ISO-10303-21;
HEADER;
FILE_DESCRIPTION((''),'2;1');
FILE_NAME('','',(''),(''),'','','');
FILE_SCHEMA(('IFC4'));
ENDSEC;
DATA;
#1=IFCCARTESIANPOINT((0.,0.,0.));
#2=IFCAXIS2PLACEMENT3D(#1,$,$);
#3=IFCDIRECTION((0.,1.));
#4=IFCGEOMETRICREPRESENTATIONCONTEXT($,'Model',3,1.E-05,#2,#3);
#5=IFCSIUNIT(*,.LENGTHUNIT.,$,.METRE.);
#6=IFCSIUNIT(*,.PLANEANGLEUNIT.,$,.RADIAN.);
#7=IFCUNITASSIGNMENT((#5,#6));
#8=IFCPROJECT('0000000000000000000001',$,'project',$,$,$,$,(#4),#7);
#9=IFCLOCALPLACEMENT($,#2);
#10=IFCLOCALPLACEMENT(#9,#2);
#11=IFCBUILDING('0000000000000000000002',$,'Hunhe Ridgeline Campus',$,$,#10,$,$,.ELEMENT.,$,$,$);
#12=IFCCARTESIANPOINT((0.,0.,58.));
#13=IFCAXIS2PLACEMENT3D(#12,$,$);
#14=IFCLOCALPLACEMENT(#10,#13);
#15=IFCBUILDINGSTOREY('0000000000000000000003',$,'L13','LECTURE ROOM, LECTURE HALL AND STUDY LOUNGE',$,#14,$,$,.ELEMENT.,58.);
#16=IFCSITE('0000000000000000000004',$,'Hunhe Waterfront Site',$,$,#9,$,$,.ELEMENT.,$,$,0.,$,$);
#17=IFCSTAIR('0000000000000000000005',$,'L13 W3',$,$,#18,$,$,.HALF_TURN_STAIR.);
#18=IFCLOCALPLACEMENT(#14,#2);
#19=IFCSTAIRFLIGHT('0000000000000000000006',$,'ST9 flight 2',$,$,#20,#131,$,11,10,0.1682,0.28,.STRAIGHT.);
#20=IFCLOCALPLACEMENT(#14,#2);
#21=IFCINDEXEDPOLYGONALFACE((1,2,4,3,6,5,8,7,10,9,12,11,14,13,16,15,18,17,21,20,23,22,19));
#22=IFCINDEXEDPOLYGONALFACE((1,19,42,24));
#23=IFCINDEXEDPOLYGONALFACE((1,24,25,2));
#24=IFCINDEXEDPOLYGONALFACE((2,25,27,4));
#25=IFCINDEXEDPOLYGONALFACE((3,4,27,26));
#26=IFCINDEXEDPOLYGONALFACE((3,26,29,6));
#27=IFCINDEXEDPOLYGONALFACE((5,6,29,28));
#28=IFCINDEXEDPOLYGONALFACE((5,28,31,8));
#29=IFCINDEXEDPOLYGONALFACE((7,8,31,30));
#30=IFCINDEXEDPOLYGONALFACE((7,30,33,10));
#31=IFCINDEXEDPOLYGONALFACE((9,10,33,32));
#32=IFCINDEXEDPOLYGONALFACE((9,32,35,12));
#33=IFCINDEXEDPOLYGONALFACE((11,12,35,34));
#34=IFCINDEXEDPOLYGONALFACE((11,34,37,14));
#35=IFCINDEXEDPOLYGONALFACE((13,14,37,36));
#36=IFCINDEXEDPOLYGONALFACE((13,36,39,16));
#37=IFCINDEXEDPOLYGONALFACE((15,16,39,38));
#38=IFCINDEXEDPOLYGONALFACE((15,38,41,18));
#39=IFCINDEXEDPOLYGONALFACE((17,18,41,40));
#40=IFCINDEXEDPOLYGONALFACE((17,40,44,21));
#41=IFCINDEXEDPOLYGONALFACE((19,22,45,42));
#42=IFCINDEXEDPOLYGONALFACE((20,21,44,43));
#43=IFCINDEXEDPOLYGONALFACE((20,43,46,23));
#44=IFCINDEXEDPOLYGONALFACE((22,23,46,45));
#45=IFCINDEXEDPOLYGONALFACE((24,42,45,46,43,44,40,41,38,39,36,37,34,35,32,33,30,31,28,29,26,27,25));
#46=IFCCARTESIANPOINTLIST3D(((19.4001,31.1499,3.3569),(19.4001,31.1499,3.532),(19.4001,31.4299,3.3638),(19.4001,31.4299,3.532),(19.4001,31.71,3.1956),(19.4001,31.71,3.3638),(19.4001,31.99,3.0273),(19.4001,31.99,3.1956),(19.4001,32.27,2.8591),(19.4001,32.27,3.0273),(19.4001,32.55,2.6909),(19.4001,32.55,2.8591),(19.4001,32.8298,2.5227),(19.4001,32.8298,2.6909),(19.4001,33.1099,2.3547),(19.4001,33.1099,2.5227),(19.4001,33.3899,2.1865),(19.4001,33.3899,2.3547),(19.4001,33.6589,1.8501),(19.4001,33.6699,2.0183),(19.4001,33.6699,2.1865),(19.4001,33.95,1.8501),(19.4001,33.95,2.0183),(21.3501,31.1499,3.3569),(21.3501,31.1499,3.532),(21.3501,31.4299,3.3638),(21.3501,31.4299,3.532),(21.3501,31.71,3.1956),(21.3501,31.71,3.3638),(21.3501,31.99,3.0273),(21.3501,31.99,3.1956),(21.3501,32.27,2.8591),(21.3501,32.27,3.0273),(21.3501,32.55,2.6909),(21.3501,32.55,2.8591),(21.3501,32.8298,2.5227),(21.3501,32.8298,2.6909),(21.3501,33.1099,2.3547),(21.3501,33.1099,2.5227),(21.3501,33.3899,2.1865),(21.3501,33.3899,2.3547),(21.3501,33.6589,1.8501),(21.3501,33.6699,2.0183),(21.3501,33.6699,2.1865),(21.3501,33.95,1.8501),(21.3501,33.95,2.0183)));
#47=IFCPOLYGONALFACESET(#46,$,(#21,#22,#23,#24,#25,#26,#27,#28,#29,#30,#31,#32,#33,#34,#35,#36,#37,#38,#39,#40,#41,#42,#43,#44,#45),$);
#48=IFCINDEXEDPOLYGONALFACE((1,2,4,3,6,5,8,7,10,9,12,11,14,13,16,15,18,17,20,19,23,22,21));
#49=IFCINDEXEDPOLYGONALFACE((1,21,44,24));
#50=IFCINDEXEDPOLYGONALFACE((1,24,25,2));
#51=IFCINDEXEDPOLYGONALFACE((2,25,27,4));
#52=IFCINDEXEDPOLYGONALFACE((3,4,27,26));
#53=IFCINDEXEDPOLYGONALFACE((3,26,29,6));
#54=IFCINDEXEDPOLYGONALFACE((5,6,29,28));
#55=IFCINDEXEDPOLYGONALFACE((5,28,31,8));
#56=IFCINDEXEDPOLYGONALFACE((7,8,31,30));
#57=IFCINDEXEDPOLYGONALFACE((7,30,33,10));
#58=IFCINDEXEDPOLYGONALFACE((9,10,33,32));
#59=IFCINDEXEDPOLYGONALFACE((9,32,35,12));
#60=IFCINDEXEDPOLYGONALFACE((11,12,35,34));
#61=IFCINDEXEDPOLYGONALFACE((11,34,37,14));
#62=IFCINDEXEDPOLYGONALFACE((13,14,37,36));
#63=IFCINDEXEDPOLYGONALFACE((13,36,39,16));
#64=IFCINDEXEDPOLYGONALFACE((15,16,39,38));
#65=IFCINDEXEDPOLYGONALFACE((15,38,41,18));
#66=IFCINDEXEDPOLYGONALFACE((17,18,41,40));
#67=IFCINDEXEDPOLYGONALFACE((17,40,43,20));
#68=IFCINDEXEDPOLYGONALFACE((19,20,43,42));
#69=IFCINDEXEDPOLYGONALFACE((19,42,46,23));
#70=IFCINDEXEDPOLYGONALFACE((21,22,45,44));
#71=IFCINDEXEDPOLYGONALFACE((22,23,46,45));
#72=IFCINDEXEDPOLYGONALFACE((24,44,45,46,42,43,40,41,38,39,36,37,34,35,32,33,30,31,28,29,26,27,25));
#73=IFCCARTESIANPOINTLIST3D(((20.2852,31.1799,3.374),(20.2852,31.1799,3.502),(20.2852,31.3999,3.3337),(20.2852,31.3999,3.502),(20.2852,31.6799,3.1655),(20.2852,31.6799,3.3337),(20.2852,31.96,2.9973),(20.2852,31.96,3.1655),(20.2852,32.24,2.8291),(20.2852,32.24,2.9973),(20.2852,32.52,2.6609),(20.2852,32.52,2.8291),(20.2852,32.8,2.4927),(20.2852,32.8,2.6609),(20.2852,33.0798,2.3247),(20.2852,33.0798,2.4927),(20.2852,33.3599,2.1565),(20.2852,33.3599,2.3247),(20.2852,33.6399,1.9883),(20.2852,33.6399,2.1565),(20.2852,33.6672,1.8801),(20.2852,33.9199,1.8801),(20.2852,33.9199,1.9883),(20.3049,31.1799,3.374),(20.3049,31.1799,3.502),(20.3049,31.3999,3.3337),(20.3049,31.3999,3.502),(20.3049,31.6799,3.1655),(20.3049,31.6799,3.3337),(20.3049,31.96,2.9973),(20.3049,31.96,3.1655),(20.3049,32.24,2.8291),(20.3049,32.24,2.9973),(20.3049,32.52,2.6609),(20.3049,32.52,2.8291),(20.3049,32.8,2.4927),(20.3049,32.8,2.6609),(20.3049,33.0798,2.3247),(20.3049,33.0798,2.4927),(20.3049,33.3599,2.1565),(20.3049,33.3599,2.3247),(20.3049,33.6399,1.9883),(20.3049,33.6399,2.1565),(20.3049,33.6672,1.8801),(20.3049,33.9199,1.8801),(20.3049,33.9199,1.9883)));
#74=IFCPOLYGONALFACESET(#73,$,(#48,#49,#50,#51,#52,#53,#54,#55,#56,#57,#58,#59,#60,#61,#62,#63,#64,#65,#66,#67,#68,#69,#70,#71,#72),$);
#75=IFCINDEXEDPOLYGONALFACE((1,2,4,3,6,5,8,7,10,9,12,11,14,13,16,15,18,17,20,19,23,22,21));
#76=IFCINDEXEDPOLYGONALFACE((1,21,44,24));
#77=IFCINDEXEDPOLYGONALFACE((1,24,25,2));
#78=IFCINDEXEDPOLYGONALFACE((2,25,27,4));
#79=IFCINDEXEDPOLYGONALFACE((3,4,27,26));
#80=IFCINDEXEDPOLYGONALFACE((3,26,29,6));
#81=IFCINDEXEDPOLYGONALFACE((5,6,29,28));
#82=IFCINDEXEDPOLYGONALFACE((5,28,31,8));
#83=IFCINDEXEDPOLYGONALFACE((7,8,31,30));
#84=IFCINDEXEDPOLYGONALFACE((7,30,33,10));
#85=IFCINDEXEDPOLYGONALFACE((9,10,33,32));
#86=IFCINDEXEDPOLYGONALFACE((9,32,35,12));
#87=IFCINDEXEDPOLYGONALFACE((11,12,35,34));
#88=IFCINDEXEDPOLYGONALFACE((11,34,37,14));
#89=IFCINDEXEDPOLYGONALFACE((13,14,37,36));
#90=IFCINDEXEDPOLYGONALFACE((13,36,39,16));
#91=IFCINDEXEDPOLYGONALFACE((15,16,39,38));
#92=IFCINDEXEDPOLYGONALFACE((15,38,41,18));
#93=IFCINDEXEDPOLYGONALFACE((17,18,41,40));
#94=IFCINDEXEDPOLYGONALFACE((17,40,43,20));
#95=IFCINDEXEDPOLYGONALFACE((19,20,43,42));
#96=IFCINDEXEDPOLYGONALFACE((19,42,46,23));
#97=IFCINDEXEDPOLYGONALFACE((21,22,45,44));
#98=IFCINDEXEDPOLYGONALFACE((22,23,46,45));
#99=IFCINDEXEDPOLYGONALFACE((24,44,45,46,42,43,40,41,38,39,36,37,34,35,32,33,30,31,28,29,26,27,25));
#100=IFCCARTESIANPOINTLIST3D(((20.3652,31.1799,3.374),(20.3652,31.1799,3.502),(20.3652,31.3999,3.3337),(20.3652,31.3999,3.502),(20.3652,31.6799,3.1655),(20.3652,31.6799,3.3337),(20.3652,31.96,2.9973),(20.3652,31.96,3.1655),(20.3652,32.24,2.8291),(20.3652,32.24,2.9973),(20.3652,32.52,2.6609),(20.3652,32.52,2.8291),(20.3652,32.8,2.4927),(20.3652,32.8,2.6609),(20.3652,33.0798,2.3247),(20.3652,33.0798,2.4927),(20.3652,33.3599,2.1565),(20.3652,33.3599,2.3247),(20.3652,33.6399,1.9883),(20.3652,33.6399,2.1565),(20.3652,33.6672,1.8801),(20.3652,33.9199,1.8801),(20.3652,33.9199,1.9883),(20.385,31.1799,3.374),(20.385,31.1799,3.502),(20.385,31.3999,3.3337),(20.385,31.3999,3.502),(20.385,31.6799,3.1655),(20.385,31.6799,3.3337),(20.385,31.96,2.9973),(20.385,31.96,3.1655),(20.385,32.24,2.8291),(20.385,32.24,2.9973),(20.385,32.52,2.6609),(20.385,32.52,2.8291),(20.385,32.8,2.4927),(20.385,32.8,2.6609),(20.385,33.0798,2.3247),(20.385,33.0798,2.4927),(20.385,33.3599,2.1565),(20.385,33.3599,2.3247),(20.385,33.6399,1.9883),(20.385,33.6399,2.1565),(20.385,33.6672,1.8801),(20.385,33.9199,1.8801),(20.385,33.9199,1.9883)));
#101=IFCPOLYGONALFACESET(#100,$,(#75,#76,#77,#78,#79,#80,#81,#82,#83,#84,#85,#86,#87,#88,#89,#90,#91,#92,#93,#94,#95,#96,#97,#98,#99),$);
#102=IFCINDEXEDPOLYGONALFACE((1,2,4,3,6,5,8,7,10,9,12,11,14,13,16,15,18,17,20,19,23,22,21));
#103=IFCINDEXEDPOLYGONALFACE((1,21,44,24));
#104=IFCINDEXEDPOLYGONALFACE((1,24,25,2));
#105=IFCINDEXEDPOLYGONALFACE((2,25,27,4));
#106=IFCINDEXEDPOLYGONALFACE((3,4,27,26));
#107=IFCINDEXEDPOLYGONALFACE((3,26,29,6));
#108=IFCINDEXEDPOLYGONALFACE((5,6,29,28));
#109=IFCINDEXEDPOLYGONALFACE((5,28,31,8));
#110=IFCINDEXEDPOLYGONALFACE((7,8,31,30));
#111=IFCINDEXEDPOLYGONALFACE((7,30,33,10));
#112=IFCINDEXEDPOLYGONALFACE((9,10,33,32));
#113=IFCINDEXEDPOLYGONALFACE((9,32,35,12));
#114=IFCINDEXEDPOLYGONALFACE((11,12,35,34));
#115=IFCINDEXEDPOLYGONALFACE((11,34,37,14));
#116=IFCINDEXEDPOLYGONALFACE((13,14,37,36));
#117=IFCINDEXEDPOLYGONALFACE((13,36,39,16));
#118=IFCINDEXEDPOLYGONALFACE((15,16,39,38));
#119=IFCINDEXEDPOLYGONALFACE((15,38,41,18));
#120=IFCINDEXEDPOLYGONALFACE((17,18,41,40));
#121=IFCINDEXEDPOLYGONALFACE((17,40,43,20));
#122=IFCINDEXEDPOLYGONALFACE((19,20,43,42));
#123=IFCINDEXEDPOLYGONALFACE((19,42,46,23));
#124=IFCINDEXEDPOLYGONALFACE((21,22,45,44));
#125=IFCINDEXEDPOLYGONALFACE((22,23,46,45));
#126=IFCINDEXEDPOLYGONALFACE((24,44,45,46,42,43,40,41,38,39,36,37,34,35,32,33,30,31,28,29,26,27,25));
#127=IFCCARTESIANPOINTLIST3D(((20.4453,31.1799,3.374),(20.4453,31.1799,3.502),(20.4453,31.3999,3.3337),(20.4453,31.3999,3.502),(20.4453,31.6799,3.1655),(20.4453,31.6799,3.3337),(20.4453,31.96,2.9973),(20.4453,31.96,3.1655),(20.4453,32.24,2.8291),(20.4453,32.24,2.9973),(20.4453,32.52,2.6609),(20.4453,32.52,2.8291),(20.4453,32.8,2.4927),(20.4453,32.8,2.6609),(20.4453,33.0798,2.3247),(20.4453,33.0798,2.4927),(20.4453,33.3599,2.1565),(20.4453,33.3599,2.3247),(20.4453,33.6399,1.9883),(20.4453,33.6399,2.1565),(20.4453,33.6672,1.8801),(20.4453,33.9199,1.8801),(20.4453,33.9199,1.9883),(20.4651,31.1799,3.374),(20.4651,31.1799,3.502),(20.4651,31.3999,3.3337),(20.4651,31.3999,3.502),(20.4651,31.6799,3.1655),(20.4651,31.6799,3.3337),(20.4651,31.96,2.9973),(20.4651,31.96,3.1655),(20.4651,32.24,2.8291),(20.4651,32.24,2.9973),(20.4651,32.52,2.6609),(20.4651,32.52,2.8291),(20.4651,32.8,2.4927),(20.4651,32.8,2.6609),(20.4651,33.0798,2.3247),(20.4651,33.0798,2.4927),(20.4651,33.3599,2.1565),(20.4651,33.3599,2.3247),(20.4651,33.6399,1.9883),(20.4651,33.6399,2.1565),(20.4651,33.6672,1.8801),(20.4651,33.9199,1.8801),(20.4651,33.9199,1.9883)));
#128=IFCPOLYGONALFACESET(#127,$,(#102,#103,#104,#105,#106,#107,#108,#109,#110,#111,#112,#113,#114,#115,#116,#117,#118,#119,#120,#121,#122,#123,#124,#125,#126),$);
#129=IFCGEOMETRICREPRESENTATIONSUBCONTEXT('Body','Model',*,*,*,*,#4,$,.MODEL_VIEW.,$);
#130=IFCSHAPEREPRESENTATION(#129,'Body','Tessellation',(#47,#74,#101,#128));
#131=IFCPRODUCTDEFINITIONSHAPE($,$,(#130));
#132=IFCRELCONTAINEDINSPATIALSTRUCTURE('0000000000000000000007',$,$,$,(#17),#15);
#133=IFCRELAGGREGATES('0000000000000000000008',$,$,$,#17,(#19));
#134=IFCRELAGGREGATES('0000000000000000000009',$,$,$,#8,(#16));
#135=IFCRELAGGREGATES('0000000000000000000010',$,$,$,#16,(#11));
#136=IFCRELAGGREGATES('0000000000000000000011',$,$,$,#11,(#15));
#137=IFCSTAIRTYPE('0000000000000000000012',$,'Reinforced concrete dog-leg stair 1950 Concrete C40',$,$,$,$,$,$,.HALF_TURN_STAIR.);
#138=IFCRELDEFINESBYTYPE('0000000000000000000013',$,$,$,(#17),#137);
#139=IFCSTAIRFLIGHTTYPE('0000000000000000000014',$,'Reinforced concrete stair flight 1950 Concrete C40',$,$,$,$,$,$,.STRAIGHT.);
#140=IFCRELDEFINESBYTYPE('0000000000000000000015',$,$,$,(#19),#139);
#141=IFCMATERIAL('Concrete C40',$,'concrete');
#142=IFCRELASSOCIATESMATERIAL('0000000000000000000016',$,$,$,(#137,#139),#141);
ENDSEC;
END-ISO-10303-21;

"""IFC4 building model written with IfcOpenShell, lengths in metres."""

from ifc_helpers import new_model, si_unit, direction, frame, origin, place, context, subcontext, project, spatial, polyline, outline, extrude, material, type_object, element, aggregate, save


model = new_model("IFC4")

# Units and contexts
model_context = context("Model", 3, precision=1e-05, world=origin(), true_north=direction((0.0, 1.0)))
body_context = subcontext(model_context, "Body", "Model", "MODEL_VIEW")
ifc_project = project(units=[si_unit("LENGTHUNIT", "METRE"), si_unit("PLANEANGLEUNIT", "RADIAN")], contexts=[model_context])

# Site, building, storey
site_placement = place(None, origin())
site = spatial("IfcSite", under=ifc_project, at=site_placement, Name="Hunhe Waterfront Site", CompositionType="ELEMENT", RefElevation=0.0)
building_placement = place(site_placement, origin())
building = spatial("IfcBuilding", under=site, at=building_placement, Name="Hunhe Ridgeline Campus", CompositionType="ELEMENT")
storey_placement = place(building_placement, frame((0.0, 0.0, 58.0)))
storey = spatial("IfcBuildingStorey", under=building, at=storey_placement, Name="L13", Description="LECTURE ROOM, LECTURE HALL AND STUDY LOUNGE", CompositionType="ELEMENT", Elevation=58.0)

# Stair, stair flight
ifc_material_1 = material(Name="Concrete C40", Category="concrete")
stair_type = type_object("IfcStairType", Name="Reinforced concrete dog-leg stair 1950 Concrete C40", PredefinedType="HALF_TURN_STAIR", material=ifc_material_1)
stair_placement = place(storey_placement, origin())
stair = element("IfcStair", 1, at=stair_placement, inside=storey, type_object=stair_type, Name="L13 W3", PredefinedType="HALF_TURN_STAIR")
stair_flight_type = type_object("IfcStairFlightType", Name="Reinforced concrete stair flight 1950 Concrete C40", PredefinedType="STRAIGHT", material=ifc_material_1)
stair_flight_placement = place(storey_placement, frame((20.375, 33.95, 1.8501), z_axis=(0.0, 0.0, 1.0), x_axis=(0.0, -1.0, 0.0)))
stair_flight = element("IfcStairFlight", 2, at=stair_flight_placement, type_object=stair_flight_type, Name="ST9 flight 2", NumberOfRisers=11, NumberOfTreads=10, PredefinedType="STRAIGHT", RiserHeight=0.1682, TreadLength=0.28, context=body_context, shape_type="SweptSolid", body=[
    extrude(outline(polyline([(0.0, 0.0), (0.0, 0.1682), (0.28, 0.1682), (0.28, 0.3364), (0.5601, 0.3364), (0.5601, 0.5046), (0.8401, 0.5046), (0.8401, 0.6726), (1.1201, 0.6726), (1.1201, 0.8408), (1.3999, 0.8408), (1.3999, 1.009), (1.6799, 1.009), (1.6799, 1.1772), (1.96, 1.1772), (1.96, 1.3455), (2.24, 1.3455), (2.24, 1.5137), (2.52, 1.5137), (2.52, 1.6819), (2.8, 1.6819), (2.8, 1.8501), (2.8, 1.5068), (0.291, 0.0), (0.0, 0.0)])), frame((0.0, 0.9751, 0.0), z_axis=(0.0, -1.0, 0.0), x_axis=(1.0, 0.0, 0.0)), (0.0, 0.0, 1.0), 1.95),
    extrude(outline(polyline([(0.03, 0.03), (0.03, 0.1382), (0.3101, 0.1382), (0.3101, 0.3064), (0.5901, 0.3064), (0.5901, 0.4746), (0.8701, 0.4746), (0.8701, 0.6426), (1.1499, 0.6426), (1.1499, 0.8108), (1.4299, 0.8108), (1.4299, 0.979), (1.71, 0.979), (1.71, 1.1472), (1.99, 1.1472), (1.99, 1.3154), (2.27, 1.3154), (2.27, 1.4836), (2.55, 1.4836), (2.55, 1.6519), (2.77, 1.6519), (2.77, 1.5239), (0.2827, 0.03), (0.03, 0.03)])), frame((0.0, -0.0701, 0.0), z_axis=(0.0, -1.0, 0.0), x_axis=(1.0, 0.0, 0.0)), (0.0, 0.0, 1.0), 0.0198),
    extrude(outline(polyline([(0.03, 0.03), (0.03, 0.1382), (0.3101, 0.1382), (0.3101, 0.3064), (0.5901, 0.3064), (0.5901, 0.4746), (0.8701, 0.4746), (0.8701, 0.6426), (1.1499, 0.6426), (1.1499, 0.8108), (1.4299, 0.8108), (1.4299, 0.979), (1.71, 0.979), (1.71, 1.1472), (1.99, 1.1472), (1.99, 1.3154), (2.27, 1.3154), (2.27, 1.4836), (2.55, 1.4836), (2.55, 1.6519), (2.77, 1.6519), (2.77, 1.5239), (0.2827, 0.03), (0.03, 0.03)])), frame((0.0, 0.01, 0.0), z_axis=(0.0, -1.0, 0.0), x_axis=(1.0, 0.0, 0.0)), (0.0, 0.0, 1.0), 0.0198),
    extrude(outline(polyline([(0.03, 0.03), (0.03, 0.1382), (0.3101, 0.1382), (0.3101, 0.3064), (0.5901, 0.3064), (0.5901, 0.4746), (0.8701, 0.4746), (0.8701, 0.6426), (1.1499, 0.6426), (1.1499, 0.8108), (1.4299, 0.8108), (1.4299, 0.979), (1.71, 0.979), (1.71, 1.1472), (1.99, 1.1472), (1.99, 1.3154), (2.27, 1.3154), (2.27, 1.4836), (2.55, 1.4836), (2.55, 1.6519), (2.77, 1.6519), (2.77, 1.5239), (0.2827, 0.03), (0.03, 0.03)])), frame((0.0, 0.0901, 0.0), z_axis=(0.0, -1.0, 0.0), x_axis=(1.0, 0.0, 0.0)), (0.0, 0.0, 1.0), 0.0198),
])
aggregate(stair, [stair_flight])

save(model, "model.ifc")
